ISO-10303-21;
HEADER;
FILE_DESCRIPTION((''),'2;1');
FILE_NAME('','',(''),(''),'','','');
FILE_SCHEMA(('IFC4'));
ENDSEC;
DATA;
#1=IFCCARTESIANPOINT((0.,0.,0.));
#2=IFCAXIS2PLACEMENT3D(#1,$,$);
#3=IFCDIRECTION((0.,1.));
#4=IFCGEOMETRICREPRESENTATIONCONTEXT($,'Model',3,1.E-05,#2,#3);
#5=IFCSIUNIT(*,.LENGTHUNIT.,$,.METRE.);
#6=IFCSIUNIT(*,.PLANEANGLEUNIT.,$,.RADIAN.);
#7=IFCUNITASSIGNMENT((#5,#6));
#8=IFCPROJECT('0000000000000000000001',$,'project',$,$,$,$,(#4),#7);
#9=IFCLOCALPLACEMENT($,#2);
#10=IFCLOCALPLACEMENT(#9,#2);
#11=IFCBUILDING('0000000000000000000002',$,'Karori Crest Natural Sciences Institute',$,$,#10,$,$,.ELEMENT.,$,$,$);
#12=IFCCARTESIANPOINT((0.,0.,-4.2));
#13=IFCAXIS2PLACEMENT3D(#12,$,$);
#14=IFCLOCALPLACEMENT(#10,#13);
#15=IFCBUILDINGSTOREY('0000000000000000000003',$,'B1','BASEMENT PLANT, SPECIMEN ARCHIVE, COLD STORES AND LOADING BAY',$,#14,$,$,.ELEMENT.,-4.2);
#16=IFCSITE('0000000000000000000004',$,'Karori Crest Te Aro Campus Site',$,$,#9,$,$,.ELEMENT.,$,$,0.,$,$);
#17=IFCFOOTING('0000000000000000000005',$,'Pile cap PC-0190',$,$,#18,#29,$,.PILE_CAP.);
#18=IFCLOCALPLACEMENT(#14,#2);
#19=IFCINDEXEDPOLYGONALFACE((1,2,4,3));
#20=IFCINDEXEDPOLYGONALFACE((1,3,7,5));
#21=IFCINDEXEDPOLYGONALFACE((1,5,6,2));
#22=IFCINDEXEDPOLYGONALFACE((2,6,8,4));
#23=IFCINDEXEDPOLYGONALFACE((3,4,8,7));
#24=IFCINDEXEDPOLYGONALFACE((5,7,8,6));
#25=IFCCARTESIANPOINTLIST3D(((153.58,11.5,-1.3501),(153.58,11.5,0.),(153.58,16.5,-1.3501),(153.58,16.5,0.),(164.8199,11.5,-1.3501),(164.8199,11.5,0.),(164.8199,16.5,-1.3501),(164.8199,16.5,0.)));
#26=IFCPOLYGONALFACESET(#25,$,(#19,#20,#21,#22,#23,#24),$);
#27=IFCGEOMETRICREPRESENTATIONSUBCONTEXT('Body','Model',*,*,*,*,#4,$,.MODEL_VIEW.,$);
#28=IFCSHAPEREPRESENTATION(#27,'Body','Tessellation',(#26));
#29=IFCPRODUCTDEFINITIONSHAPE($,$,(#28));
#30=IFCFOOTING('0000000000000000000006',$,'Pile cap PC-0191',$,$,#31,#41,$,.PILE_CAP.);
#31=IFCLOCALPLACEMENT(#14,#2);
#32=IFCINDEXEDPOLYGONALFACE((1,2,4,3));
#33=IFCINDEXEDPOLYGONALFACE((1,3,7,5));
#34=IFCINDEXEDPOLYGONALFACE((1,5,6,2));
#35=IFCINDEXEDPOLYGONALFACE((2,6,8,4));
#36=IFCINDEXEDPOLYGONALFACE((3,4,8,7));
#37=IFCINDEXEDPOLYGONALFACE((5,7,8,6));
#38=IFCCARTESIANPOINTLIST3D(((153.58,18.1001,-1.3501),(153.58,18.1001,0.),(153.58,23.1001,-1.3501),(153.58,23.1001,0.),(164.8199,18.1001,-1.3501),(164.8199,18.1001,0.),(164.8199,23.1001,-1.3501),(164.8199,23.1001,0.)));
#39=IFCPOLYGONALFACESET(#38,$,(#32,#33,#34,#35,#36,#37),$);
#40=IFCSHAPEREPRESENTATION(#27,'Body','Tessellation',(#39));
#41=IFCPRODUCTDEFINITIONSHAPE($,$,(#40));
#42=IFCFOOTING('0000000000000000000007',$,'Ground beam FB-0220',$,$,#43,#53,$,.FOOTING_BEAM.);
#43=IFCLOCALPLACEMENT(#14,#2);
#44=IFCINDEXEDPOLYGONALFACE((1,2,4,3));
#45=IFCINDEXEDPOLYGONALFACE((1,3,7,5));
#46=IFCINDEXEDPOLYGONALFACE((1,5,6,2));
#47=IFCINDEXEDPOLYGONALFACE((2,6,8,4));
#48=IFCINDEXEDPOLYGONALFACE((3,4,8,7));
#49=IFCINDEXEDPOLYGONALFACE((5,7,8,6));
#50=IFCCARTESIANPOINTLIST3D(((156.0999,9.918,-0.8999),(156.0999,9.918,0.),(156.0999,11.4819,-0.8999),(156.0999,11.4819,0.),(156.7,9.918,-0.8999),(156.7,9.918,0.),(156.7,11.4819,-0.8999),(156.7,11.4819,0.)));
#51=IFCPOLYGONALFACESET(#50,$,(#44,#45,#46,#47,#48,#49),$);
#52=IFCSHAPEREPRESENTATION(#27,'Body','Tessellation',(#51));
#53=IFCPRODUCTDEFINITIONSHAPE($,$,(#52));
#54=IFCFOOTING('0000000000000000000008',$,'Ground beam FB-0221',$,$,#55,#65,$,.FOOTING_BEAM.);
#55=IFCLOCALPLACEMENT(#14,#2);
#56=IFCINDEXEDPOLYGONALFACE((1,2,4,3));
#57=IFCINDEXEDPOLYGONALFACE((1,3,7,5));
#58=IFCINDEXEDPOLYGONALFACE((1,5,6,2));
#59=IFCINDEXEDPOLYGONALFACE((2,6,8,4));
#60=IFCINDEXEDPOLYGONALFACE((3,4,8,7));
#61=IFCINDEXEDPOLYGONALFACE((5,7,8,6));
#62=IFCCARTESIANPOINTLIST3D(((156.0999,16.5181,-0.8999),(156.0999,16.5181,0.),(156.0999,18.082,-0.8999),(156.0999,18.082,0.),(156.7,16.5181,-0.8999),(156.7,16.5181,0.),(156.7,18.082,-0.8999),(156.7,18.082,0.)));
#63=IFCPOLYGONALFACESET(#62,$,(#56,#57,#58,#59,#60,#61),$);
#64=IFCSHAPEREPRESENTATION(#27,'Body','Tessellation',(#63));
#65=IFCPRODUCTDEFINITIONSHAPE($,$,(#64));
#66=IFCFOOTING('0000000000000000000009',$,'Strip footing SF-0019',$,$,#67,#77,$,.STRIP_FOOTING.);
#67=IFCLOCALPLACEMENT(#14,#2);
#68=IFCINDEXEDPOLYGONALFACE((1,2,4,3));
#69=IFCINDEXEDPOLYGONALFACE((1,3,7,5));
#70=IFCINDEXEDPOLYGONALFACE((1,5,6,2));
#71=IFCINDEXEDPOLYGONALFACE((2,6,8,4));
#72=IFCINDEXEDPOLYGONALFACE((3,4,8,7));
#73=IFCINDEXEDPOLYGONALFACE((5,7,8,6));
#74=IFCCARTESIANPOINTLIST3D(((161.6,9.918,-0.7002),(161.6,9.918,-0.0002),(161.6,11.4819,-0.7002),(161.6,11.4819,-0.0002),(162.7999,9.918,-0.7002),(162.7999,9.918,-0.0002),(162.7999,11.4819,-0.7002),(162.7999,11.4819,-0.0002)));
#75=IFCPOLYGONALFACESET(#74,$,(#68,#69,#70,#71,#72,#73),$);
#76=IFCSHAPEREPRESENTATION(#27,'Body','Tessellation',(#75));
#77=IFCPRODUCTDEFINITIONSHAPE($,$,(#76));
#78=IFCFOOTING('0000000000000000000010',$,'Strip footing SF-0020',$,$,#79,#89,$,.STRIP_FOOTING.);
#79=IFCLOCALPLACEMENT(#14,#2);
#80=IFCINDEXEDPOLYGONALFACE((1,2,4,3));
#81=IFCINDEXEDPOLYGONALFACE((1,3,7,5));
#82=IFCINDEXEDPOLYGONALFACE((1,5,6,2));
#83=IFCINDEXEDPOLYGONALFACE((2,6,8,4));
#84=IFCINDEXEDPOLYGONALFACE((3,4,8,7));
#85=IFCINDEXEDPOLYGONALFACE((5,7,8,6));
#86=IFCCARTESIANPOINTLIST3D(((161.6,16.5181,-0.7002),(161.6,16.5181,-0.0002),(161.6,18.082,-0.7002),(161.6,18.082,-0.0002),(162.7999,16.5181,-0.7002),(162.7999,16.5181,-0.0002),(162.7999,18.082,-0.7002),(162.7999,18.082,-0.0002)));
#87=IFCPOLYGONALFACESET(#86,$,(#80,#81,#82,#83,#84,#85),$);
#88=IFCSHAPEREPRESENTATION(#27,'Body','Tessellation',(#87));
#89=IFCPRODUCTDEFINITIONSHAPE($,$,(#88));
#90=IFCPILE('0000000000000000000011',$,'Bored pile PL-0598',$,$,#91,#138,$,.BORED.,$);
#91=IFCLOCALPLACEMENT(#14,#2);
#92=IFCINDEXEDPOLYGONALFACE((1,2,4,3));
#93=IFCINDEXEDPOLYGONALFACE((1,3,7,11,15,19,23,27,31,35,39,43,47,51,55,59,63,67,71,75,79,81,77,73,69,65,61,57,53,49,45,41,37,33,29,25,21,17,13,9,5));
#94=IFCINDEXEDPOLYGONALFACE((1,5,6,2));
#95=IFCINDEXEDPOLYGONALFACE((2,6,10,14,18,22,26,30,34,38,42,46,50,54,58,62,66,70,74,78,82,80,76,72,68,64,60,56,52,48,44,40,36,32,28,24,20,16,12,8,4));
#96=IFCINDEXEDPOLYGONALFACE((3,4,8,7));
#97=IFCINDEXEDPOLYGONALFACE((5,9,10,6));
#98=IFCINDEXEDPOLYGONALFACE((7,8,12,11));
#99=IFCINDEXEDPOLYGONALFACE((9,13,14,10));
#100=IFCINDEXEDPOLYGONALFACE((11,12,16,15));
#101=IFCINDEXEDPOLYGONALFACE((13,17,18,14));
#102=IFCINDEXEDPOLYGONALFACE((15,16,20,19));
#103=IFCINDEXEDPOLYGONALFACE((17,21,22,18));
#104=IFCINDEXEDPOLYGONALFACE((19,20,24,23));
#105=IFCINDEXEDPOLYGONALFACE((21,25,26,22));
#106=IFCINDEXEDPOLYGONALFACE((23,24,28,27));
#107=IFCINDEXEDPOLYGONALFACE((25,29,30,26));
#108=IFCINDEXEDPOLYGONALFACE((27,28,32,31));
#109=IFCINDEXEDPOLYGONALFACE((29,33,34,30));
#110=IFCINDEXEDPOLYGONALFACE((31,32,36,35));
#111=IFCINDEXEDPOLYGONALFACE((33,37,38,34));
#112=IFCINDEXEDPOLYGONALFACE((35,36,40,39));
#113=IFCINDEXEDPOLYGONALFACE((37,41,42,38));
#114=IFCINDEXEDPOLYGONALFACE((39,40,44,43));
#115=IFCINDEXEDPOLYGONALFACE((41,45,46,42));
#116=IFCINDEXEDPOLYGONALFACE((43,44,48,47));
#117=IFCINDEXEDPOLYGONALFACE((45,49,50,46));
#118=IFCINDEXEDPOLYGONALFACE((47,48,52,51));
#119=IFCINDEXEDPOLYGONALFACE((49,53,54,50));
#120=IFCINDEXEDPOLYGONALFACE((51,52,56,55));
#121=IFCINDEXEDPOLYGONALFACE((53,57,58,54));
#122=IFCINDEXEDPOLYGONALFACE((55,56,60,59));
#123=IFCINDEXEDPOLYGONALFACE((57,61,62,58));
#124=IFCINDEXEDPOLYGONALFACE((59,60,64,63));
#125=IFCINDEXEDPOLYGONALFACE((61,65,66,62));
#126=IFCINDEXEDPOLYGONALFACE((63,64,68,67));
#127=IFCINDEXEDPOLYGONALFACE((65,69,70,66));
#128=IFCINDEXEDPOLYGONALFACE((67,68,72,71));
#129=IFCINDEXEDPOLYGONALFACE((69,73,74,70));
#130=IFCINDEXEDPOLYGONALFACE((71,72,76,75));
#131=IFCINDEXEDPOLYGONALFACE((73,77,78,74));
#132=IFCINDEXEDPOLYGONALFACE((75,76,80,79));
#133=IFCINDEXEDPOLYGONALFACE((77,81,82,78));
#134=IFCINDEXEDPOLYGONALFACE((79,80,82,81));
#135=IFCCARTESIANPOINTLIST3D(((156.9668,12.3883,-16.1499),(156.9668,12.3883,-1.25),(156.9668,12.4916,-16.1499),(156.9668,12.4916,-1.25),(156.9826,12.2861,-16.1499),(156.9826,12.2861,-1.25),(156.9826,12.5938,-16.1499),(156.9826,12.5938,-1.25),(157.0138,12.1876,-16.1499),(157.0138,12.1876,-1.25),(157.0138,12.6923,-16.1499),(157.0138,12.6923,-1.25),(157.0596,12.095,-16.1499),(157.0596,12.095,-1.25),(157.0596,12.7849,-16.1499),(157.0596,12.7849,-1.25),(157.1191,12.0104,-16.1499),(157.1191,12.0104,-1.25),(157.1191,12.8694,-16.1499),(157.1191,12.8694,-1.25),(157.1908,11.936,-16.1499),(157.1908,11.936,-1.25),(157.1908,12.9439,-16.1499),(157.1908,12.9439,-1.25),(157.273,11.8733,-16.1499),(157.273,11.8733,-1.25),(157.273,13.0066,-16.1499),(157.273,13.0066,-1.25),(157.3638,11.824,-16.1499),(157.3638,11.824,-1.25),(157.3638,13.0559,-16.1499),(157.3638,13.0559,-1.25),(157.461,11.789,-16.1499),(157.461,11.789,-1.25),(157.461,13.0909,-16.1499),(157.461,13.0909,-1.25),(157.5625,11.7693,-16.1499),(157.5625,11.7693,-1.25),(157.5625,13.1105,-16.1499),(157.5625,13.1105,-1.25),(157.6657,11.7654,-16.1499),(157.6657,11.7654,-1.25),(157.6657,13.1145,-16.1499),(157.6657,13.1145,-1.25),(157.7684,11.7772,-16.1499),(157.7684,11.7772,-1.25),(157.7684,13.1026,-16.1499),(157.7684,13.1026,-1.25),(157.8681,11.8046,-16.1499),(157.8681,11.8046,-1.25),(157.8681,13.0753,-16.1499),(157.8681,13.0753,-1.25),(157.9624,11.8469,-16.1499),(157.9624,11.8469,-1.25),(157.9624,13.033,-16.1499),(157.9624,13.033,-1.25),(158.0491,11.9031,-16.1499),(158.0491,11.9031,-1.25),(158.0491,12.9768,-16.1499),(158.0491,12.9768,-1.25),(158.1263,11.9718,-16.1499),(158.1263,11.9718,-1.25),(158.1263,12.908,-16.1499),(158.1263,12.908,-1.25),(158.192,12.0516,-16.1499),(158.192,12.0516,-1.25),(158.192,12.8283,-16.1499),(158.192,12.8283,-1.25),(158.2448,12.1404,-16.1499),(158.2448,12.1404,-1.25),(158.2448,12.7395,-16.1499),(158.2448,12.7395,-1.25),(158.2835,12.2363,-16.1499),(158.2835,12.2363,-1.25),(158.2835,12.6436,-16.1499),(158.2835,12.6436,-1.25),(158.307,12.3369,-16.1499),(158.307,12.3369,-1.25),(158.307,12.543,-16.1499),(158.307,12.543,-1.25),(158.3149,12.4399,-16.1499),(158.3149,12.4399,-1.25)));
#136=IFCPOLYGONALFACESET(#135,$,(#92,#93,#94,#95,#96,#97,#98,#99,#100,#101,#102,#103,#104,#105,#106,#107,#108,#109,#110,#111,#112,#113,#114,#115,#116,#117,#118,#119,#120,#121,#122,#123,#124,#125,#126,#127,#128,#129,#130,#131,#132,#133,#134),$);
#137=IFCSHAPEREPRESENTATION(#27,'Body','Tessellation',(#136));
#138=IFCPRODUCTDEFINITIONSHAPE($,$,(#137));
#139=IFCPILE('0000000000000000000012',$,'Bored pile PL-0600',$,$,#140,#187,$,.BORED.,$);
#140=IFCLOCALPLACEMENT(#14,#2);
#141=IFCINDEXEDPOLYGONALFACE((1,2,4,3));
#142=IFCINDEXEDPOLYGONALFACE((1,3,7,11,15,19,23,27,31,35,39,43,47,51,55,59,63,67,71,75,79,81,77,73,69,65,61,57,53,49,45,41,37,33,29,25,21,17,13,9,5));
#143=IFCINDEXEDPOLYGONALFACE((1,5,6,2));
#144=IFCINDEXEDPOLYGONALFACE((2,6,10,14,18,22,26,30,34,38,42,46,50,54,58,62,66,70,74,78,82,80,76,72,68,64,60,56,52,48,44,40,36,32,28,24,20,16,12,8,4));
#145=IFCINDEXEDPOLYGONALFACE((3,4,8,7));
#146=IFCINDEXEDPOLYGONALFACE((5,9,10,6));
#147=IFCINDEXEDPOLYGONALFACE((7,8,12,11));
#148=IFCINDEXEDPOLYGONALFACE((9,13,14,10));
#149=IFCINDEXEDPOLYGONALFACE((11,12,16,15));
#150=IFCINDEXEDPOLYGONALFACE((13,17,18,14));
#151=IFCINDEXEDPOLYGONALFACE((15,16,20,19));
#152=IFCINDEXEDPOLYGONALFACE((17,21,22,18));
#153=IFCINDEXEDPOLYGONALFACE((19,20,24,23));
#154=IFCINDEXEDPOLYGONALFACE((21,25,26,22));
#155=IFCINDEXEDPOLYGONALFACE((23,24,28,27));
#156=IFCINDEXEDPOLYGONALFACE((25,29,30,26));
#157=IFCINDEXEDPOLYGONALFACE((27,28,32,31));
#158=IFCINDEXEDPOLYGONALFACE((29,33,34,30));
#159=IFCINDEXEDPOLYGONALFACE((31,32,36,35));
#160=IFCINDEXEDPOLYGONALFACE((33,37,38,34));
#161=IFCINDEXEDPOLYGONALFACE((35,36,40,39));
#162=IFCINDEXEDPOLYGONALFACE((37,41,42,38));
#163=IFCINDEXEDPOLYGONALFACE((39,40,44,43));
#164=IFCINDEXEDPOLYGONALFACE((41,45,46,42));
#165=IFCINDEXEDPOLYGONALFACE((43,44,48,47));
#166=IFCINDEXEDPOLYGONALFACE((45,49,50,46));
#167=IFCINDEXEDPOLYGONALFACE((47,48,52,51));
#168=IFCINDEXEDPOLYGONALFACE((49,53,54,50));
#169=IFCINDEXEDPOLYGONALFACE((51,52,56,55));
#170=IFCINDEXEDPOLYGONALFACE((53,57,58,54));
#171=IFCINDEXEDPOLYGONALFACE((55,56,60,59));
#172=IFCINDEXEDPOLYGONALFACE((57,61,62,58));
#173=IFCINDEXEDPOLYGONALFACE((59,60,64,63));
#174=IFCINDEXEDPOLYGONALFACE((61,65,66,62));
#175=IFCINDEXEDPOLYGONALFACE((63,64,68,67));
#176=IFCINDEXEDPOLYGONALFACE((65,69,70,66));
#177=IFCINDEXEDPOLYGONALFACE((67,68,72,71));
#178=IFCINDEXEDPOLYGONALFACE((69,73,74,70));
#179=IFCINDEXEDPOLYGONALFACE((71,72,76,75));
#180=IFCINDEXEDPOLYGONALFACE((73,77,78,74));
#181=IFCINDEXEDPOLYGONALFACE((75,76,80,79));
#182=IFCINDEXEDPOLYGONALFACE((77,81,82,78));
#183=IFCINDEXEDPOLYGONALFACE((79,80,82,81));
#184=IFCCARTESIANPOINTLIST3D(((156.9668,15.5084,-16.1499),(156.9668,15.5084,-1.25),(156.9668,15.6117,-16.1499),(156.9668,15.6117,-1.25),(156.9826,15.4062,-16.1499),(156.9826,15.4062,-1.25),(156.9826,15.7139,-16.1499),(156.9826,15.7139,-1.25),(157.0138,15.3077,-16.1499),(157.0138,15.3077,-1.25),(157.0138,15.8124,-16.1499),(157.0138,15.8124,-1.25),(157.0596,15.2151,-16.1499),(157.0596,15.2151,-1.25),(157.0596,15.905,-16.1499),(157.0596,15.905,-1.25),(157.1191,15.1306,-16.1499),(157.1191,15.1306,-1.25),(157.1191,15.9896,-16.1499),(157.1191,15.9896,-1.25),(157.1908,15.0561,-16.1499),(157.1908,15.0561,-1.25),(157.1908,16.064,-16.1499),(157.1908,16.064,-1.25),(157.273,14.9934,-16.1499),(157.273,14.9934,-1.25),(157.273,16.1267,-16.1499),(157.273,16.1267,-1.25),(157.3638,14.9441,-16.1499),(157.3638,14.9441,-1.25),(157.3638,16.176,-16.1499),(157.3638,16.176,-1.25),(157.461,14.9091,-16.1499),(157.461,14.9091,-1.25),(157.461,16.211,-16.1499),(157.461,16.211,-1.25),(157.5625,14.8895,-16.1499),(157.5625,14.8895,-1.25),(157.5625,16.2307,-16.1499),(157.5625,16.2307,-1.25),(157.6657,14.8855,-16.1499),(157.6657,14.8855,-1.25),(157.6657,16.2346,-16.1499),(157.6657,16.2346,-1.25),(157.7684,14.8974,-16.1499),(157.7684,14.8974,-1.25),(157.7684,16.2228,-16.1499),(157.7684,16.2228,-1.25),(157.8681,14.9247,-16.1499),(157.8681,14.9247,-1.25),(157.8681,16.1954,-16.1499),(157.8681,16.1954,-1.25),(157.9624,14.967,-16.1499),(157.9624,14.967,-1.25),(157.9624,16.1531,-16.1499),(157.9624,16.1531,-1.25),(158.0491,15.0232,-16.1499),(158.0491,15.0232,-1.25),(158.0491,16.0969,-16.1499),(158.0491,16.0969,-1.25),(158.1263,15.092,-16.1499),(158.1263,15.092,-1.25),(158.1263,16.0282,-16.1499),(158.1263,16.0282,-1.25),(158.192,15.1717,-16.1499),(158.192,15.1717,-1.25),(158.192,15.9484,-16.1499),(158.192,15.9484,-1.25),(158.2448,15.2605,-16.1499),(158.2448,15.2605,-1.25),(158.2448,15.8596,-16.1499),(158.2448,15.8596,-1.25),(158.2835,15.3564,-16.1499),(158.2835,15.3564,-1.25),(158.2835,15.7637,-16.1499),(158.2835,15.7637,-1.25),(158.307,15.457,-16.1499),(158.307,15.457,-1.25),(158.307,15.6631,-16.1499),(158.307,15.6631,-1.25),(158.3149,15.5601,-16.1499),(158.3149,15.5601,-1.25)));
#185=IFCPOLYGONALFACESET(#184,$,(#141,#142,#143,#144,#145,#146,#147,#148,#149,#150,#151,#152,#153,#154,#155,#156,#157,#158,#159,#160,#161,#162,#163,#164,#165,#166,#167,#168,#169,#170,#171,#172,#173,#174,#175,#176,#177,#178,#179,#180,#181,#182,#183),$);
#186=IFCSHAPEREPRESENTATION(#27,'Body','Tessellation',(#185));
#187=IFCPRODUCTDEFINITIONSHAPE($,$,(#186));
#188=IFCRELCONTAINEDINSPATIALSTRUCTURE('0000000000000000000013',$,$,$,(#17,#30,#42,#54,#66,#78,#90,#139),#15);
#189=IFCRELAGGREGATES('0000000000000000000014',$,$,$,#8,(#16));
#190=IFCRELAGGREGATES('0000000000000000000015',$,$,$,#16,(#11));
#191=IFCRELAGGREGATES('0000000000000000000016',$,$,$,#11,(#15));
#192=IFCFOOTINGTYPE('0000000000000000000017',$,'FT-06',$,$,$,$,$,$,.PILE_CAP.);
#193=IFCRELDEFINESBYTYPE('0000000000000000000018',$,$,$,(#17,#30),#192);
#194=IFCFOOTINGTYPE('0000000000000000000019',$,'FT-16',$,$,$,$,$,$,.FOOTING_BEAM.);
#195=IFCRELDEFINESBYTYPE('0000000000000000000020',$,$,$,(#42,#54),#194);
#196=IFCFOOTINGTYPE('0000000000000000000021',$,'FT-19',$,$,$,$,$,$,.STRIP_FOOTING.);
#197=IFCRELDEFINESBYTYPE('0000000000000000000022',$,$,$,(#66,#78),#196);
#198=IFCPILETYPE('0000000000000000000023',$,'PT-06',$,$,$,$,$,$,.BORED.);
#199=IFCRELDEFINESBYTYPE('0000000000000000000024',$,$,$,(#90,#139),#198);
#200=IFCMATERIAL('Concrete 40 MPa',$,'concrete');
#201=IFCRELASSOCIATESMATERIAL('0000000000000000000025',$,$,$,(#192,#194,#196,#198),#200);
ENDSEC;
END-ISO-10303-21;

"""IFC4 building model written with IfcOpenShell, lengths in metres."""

from ifc_helpers import new_model, si_unit, direction, frame, origin, origin_2d, place, context, subcontext, project, spatial, rectangle, circle, extrude, material, material_profile, profile_set, type_object, element, save


model = new_model("IFC4")

# Units and contexts
model_context = context("Model", 3, precision=1e-05, world=origin(), true_north=direction((0.0, 1.0)))
body_context = subcontext(model_context, "Body", "Model", "MODEL_VIEW")
ifc_project = project(units=[si_unit("LENGTHUNIT", "METRE"), si_unit("PLANEANGLEUNIT", "RADIAN")], contexts=[model_context])

# Site, building, storey
site_placement = place(None, origin())
site = spatial("IfcSite", under=ifc_project, at=site_placement, Name="Karori Crest Te Aro Campus Site", CompositionType="ELEMENT", RefElevation=0.0)
building_placement = place(site_placement, origin())
building = spatial("IfcBuilding", under=site, at=building_placement, Name="Karori Crest Natural Sciences Institute", CompositionType="ELEMENT")
storey_placement = place(building_placement, frame((0.0, 0.0, -4.2)))
storey = spatial("IfcBuildingStorey", under=building, at=storey_placement, Name="B1", Description="BASEMENT PLANT, SPECIMEN ARCHIVE, COLD STORES AND LOADING BAY", CompositionType="ELEMENT", Elevation=-4.2)

# Footings
ifc_material_1 = material(Name="Concrete 40 MPa", Category="concrete")
footing_type_1 = type_object("IfcFootingType", Name="FT-06", PredefinedType="PILE_CAP", material=ifc_material_1)
for number, where, z_axis, x_axis, name in (
    (1, (159.2, 14.0, -1.3501), (0.0, 0.0, 1.0), (1.0, 0.0, 0.0), "Pile cap PC-0190"),
    (2, (159.2, 20.6001, -1.3501), (0.0, 0.0, 1.0), (1.0, 0.0, 0.0), "Pile cap PC-0191"),
):
    element("IfcFooting", number, at=place(storey_placement, frame(where, z_axis=z_axis, x_axis=x_axis)), inside=storey, type_object=footing_type_1, Name=name, PredefinedType="PILE_CAP", context=body_context, shape_type="SweptSolid", body=[
        extrude(rectangle(XDim=11.24, YDim=5.0, at=origin_2d()), origin(), (0.0, 0.0, 1.0), 1.3501),
    ])
footing_type_2 = type_object("IfcFootingType", Name="FT-16", PredefinedType="FOOTING_BEAM", material=ifc_material_1)
for number, where, z_axis, x_axis, name in (
    (3, (156.3999, 10.7, -0.8999), (0.0, 0.0, 1.0), (0.0, 1.0, 0.0), "Ground beam FB-0220"),
    (4, (156.3999, 17.3, -0.8999), (0.0, 0.0, 1.0), (0.0, 1.0, 0.0), "Ground beam FB-0221"),
):
    element("IfcFooting", number, at=place(storey_placement, frame(where, z_axis=z_axis, x_axis=x_axis)), inside=storey, type_object=footing_type_2, Name=name, PredefinedType="FOOTING_BEAM", context=body_context, shape_type="SweptSolid", body=[
        extrude(rectangle(XDim=1.564, YDim=0.6001, at=origin_2d()), origin(), (0.0, 0.0, 1.0), 0.8999),
    ])
footing_type_3 = type_object("IfcFootingType", Name="FT-19", PredefinedType="STRIP_FOOTING", material=ifc_material_1)
for number, where, z_axis, x_axis, name in (
    (5, (162.2, 10.7, -0.7002), (0.0, 0.0, 1.0), (0.0, 1.0, 0.0), "Strip footing SF-0019"),
    (6, (162.2, 17.3, -0.7002), (0.0, 0.0, 1.0), (0.0, 1.0, 0.0), "Strip footing SF-0020"),
):
    element("IfcFooting", number, at=place(storey_placement, frame(where, z_axis=z_axis, x_axis=x_axis)), inside=storey, type_object=footing_type_3, Name=name, PredefinedType="STRIP_FOOTING", context=body_context, shape_type="SweptSolid", body=[
        extrude(rectangle(XDim=1.564, YDim=1.2, at=origin_2d()), origin(), (0.0, 0.0, 1.0), 0.7),
    ])

# Piles
ifc_material_profile_1 = material_profile(ifc_material_1, circle(Radius=0.675, at=origin_2d()), Name="PILE1350")
ifc_profile_set_1 = profile_set([ifc_material_profile_1], Name="Concrete 40 MPa")
pile_type = type_object("IfcPileType", Name="PT-06", PredefinedType="BORED", material=ifc_profile_set_1)
for number, where, z_axis, x_axis, name in (
    (7, (157.6399, 12.4399, -1.25), (0.0, 0.0, -1.0), (1.0, 0.0, 0.0), "Bored pile PL-0598"),
    (8, (157.6399, 15.5601, -1.25), (0.0, 0.0, -1.0), (1.0, 0.0, 0.0), "Bored pile PL-0600"),
):
    element("IfcPile", number, at=place(storey_placement, frame(where, z_axis=z_axis, x_axis=x_axis)), inside=storey, type_object=pile_type, Name=name, PredefinedType="BORED", context=body_context, shape_type="SweptSolid", body=[
        extrude(circle(Radius=0.675, at=origin_2d()), origin(), (0.0, 0.0, 1.0), 14.8999),
    ])

save(model, "model.ifc")
